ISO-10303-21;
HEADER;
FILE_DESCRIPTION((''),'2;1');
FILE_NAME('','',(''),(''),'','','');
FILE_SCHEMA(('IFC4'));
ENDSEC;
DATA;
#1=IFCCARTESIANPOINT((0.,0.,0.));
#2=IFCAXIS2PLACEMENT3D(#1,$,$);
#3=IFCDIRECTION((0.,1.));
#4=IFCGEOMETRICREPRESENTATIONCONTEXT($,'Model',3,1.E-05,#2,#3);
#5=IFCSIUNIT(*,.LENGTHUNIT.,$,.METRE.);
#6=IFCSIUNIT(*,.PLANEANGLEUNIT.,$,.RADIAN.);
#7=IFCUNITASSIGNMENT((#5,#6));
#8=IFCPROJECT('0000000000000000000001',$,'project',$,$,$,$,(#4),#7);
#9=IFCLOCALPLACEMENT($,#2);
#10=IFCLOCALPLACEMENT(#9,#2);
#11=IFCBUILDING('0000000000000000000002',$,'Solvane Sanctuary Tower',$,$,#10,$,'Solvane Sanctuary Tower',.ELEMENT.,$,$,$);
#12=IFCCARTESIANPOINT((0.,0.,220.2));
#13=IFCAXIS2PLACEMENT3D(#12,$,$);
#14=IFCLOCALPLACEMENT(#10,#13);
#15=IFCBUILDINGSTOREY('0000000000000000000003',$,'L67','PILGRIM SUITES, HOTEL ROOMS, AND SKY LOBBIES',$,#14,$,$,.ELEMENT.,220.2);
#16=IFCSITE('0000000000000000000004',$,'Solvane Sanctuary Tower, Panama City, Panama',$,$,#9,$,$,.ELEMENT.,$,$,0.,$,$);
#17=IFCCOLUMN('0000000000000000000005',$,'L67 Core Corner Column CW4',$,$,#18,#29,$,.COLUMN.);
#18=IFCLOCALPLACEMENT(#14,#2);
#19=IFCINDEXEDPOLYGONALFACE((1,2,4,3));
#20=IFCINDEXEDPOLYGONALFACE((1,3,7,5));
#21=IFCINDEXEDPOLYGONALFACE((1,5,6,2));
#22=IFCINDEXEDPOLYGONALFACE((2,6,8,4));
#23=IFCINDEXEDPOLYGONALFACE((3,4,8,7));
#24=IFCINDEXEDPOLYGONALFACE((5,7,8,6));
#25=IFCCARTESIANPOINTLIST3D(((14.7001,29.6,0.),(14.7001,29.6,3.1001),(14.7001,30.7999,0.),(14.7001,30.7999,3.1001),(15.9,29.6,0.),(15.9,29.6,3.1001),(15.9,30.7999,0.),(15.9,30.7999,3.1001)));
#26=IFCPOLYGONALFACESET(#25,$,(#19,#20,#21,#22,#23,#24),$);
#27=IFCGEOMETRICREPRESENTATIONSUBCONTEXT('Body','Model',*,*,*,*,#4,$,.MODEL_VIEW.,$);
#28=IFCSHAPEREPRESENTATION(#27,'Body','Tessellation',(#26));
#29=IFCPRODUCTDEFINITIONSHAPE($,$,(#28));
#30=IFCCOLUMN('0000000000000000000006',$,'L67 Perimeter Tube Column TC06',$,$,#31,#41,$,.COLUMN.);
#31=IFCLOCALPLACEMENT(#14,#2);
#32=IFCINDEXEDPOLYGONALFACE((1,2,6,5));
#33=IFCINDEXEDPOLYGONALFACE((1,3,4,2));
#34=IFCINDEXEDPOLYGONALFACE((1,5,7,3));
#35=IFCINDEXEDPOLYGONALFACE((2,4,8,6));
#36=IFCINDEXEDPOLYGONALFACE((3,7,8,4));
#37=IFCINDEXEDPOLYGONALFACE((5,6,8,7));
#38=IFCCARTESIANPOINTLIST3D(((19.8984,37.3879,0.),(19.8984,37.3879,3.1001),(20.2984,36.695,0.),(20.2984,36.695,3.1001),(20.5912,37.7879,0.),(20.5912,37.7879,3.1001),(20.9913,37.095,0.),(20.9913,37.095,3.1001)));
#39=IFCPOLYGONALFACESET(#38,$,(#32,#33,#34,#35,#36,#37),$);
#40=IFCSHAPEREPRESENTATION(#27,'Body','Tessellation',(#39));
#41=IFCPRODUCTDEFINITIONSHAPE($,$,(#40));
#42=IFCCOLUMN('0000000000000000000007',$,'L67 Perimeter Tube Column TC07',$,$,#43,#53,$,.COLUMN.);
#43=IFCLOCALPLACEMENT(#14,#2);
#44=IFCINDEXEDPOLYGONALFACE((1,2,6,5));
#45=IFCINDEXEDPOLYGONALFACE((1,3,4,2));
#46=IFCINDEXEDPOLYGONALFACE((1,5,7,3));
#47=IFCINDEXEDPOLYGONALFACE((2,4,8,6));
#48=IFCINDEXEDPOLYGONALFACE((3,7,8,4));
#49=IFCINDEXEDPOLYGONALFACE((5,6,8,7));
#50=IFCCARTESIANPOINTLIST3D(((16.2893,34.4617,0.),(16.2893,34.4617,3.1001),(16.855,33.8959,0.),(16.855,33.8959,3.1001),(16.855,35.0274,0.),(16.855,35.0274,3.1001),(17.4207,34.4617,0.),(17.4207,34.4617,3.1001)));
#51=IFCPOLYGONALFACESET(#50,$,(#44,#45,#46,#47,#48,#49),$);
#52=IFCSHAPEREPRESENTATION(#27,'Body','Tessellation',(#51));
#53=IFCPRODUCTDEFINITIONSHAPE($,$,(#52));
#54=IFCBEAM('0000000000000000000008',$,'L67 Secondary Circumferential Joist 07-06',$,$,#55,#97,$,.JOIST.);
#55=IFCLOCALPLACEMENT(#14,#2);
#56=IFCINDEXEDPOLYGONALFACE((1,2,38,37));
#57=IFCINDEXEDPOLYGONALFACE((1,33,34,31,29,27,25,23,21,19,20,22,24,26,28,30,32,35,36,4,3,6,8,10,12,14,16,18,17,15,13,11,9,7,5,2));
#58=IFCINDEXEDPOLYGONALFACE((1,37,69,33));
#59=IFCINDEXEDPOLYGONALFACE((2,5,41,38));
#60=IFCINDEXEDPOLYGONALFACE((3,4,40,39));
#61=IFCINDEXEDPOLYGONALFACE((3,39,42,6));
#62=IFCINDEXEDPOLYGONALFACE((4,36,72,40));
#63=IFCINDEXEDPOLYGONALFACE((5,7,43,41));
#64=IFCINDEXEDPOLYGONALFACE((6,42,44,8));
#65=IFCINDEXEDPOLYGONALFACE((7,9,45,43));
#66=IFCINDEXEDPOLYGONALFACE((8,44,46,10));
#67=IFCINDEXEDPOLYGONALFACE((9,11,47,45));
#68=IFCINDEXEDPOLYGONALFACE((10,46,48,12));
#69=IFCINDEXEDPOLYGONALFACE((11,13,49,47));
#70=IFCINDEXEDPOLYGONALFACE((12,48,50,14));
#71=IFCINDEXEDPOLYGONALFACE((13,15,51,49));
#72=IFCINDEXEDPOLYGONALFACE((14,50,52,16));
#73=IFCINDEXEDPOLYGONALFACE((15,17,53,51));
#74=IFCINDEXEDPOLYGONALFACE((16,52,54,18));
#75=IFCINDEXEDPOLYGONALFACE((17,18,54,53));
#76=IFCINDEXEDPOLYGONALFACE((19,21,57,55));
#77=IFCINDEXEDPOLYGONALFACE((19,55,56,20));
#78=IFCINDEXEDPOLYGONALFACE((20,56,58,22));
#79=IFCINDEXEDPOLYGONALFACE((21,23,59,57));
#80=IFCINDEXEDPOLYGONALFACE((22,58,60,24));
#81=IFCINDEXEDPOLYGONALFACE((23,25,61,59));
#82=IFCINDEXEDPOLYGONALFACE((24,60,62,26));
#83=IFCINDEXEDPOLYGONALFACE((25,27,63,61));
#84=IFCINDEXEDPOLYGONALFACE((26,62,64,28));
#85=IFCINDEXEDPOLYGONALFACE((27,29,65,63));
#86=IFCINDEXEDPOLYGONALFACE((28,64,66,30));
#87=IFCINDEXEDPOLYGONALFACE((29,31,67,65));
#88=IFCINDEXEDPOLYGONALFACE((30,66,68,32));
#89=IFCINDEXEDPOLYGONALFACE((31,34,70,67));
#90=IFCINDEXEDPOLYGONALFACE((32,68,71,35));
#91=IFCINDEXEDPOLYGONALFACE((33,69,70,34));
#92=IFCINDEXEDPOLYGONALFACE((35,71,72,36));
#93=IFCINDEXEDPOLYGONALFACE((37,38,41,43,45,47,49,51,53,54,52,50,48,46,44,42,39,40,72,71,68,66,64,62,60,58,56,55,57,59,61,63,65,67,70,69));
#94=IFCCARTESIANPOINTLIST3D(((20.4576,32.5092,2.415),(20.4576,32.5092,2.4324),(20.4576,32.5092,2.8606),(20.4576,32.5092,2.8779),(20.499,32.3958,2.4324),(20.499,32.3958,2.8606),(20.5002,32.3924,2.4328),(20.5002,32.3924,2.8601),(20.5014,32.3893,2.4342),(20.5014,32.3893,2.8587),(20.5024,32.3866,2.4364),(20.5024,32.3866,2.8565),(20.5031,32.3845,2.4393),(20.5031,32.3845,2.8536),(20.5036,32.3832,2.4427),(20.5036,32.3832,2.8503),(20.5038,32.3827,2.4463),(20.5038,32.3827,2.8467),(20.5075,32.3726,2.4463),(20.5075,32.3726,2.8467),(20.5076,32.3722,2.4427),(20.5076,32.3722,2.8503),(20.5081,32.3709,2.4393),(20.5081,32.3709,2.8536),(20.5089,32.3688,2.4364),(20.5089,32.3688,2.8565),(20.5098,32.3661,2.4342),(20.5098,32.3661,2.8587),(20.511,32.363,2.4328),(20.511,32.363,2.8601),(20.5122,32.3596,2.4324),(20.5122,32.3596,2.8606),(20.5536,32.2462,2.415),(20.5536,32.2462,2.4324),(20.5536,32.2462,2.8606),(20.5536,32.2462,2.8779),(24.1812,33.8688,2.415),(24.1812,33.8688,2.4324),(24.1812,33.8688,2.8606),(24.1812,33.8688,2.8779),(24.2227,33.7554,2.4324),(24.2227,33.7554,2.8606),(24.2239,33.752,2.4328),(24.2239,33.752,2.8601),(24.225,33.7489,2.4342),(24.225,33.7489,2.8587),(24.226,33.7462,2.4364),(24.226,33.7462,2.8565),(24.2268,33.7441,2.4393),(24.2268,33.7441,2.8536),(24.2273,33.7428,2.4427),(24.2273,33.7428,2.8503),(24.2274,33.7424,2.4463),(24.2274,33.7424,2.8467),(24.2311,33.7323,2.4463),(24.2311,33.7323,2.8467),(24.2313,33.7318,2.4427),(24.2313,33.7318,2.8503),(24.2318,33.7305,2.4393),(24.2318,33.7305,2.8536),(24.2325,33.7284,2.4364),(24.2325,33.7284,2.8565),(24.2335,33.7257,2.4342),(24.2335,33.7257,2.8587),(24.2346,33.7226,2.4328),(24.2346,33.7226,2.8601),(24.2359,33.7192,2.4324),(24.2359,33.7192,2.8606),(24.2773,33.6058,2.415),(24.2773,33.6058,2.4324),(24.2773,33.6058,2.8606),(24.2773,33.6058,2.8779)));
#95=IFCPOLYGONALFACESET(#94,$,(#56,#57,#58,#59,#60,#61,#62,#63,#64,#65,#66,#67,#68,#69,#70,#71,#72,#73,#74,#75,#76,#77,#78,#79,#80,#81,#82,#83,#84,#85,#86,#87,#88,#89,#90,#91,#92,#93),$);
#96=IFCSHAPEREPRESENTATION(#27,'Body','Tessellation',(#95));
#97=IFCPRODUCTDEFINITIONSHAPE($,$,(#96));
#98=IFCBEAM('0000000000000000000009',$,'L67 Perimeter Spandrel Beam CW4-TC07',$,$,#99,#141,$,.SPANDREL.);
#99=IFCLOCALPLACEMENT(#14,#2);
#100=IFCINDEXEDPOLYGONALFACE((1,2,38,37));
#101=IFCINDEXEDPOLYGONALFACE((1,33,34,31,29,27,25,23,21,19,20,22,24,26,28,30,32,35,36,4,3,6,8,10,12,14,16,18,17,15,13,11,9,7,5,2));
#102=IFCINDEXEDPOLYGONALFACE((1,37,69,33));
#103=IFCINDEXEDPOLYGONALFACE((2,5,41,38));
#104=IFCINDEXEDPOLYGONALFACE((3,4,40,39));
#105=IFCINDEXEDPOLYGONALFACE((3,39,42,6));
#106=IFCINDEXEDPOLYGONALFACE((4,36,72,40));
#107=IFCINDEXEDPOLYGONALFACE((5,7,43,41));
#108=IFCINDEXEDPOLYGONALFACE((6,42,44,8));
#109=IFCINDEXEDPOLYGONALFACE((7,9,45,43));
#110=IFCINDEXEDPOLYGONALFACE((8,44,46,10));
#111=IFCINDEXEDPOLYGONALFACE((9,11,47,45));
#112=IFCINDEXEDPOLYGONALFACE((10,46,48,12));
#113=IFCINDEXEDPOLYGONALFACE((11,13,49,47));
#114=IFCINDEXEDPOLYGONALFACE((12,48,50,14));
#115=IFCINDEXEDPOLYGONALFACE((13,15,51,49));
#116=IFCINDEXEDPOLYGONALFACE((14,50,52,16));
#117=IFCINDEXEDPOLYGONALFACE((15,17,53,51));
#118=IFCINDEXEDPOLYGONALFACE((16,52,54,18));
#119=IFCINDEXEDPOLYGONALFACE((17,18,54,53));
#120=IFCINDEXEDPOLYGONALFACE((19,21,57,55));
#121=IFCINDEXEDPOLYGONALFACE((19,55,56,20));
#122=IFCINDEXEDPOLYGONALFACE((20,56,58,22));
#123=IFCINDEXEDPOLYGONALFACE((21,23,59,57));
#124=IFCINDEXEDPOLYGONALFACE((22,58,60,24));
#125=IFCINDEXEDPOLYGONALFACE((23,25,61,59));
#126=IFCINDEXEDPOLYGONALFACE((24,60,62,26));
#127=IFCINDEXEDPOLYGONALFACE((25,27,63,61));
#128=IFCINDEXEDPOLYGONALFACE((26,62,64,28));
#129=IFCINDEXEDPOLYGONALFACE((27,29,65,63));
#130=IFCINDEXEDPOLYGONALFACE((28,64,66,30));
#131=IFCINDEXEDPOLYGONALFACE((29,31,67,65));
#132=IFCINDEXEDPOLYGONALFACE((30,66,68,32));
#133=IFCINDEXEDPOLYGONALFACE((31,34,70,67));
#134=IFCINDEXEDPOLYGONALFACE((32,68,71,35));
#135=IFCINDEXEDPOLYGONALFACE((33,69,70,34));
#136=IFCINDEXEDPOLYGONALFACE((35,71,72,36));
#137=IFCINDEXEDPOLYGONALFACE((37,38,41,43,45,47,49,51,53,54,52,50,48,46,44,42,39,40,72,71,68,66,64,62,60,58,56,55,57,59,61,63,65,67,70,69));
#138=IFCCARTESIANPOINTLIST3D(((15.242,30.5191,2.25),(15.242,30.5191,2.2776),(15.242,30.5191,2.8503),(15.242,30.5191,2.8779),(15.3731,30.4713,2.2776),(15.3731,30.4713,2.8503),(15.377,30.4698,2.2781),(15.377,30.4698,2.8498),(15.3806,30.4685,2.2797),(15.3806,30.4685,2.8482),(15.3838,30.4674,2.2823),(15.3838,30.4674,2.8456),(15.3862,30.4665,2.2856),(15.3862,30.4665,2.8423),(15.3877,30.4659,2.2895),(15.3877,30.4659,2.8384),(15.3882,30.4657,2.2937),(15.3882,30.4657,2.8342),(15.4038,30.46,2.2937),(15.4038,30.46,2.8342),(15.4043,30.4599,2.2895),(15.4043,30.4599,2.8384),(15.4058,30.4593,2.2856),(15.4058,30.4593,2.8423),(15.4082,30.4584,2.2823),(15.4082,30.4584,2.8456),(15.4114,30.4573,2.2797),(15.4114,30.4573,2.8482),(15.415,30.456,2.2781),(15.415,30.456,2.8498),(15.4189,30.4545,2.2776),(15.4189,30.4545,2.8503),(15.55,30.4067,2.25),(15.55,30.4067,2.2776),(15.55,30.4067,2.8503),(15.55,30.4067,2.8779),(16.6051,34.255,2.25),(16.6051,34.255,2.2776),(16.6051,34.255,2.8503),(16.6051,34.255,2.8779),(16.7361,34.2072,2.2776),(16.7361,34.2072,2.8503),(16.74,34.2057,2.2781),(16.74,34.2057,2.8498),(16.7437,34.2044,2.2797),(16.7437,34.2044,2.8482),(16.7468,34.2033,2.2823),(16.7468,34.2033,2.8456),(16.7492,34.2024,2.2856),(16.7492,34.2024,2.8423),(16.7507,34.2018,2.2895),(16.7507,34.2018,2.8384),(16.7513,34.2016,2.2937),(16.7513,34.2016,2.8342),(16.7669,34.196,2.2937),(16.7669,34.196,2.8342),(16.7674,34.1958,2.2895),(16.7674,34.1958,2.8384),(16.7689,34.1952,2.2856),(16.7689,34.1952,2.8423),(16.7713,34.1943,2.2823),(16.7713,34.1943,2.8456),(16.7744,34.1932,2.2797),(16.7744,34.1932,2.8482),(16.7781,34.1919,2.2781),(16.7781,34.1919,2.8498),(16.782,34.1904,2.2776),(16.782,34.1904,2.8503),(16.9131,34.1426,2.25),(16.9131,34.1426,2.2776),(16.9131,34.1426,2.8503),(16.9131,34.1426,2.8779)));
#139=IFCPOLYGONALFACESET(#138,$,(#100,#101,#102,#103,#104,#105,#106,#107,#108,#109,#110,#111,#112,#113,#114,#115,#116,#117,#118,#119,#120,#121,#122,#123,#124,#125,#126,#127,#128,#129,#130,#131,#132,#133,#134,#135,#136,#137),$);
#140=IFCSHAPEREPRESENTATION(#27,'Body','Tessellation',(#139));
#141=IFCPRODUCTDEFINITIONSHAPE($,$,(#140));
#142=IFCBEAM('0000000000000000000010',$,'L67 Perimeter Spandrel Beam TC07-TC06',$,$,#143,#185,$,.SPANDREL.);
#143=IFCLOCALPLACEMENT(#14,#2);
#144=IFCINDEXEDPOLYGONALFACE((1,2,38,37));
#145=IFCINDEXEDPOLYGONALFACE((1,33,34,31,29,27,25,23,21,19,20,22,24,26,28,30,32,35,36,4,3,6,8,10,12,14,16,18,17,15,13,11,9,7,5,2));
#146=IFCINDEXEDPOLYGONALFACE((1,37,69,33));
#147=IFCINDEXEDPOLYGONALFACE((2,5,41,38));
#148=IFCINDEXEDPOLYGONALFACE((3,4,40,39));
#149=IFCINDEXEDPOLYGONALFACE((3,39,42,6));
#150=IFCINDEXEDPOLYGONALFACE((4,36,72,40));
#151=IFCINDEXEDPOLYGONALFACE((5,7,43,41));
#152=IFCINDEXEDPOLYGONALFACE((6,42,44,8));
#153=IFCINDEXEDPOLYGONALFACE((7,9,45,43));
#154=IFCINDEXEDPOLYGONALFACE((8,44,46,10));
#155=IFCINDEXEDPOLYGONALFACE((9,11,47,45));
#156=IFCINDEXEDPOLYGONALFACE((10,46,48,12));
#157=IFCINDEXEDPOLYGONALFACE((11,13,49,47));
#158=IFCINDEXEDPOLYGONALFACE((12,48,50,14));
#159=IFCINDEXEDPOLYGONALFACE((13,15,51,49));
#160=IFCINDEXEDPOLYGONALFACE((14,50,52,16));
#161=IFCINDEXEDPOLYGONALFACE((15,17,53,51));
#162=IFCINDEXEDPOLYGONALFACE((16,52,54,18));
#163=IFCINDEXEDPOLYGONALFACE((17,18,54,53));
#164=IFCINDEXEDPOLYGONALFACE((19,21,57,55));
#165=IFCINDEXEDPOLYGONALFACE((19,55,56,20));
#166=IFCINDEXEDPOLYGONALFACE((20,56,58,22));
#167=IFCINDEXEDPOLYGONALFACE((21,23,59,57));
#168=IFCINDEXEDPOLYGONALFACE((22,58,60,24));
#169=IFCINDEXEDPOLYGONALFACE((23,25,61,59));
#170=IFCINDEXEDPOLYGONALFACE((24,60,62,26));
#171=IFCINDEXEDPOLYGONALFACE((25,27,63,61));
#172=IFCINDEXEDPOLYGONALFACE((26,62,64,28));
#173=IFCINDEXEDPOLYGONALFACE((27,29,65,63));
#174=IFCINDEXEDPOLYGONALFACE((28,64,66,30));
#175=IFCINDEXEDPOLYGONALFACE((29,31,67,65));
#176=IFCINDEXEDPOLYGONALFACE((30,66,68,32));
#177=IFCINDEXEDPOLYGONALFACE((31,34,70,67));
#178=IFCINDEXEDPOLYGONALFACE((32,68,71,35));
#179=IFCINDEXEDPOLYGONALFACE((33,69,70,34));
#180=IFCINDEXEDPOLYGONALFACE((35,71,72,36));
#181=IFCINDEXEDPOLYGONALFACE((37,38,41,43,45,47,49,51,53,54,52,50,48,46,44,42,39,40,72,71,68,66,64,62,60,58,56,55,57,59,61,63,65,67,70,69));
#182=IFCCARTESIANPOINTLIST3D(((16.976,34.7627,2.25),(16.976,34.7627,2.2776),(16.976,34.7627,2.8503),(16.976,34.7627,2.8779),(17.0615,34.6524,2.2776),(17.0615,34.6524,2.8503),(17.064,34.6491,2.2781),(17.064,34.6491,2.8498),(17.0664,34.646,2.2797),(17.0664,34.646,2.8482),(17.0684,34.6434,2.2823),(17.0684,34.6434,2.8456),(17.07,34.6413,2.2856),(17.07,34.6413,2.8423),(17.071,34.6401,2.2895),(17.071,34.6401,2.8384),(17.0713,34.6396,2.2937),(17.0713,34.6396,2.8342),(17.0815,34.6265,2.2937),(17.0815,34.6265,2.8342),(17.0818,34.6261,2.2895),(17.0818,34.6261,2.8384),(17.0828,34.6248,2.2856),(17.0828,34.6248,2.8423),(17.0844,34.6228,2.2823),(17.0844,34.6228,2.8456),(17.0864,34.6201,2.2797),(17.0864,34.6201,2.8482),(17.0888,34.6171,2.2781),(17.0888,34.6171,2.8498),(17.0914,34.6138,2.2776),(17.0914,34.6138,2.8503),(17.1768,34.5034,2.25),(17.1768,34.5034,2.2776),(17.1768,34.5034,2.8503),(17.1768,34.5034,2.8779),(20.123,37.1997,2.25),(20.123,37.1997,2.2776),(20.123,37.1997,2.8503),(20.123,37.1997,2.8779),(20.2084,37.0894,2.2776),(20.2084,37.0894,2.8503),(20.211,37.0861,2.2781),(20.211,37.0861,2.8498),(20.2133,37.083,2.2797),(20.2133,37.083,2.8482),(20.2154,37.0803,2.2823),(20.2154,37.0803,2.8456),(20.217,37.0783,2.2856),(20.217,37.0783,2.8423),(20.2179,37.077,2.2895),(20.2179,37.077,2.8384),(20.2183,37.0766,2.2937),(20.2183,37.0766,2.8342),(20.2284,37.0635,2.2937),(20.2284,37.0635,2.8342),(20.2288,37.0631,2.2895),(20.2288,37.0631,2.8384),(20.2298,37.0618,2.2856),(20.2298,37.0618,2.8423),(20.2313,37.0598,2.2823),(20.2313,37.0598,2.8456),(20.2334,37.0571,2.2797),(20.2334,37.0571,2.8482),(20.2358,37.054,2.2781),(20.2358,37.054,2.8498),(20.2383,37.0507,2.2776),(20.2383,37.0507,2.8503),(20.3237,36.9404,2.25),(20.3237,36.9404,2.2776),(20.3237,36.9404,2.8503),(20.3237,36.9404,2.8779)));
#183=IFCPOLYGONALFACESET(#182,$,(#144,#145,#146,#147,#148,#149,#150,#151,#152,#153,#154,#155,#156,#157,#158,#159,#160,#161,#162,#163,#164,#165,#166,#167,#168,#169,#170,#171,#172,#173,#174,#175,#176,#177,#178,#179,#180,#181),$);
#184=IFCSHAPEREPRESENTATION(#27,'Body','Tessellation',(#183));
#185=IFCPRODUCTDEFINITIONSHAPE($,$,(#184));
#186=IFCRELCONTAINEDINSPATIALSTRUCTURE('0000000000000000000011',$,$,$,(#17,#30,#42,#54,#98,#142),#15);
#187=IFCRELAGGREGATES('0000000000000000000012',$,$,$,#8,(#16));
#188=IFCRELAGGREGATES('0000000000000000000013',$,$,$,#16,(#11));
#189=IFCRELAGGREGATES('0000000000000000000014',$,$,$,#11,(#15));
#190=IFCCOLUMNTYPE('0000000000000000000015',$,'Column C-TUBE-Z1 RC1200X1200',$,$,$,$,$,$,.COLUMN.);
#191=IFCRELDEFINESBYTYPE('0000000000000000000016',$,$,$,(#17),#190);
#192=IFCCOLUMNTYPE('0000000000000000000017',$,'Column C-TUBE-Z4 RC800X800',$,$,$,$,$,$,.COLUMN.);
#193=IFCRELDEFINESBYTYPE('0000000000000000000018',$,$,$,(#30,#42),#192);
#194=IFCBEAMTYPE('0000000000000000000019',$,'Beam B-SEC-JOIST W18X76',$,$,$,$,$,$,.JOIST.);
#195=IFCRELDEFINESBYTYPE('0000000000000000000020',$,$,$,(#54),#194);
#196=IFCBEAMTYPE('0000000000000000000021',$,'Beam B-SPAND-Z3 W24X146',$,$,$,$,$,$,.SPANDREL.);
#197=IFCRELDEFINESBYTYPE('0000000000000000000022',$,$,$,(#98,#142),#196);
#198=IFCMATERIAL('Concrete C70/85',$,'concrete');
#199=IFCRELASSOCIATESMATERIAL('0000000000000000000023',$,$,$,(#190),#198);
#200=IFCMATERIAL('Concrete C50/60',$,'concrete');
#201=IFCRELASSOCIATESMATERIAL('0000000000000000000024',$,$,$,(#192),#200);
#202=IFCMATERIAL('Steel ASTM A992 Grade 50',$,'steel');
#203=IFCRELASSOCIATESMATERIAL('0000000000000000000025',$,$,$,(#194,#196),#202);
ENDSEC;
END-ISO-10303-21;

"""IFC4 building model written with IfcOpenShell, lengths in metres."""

from ifc_helpers import new_model, si_unit, direction, frame, origin, origin_2d, place, context, subcontext, project, spatial, rectangle, i_section, extrude, material, material_profile, profile_set, type_object, element, save


model = new_model("IFC4")

# Units and contexts
model_context = context("Model", 3, precision=1e-05, world=origin(), true_north=direction((0.0, 1.0)))
body_context = subcontext(model_context, "Body", "Model", "MODEL_VIEW")
ifc_project = project(units=[si_unit("LENGTHUNIT", "METRE"), si_unit("PLANEANGLEUNIT", "RADIAN")], contexts=[model_context])

# Site, building, storey
site_placement = place(None, origin())
site = spatial("IfcSite", under=ifc_project, at=site_placement, Name="Solvane Sanctuary Tower, Panama City, Panama", CompositionType="ELEMENT", RefElevation=0.0)
building_placement = place(site_placement, origin())
building = spatial("IfcBuilding", under=site, at=building_placement, Name="Solvane Sanctuary Tower", LongName="Solvane Sanctuary Tower", CompositionType="ELEMENT")
storey_placement = place(building_placement, frame((0.0, 0.0, 220.2)))
storey = spatial("IfcBuildingStorey", under=building, at=storey_placement, Name="L67", Description="PILGRIM SUITES, HOTEL ROOMS, AND SKY LOBBIES", CompositionType="ELEMENT", Elevation=220.2)

# Columns
ifc_material_1 = material(Name="Concrete C70/85", Category="concrete")
ifc_material_profile_1 = material_profile(ifc_material_1, rectangle(XDim=1.2, YDim=1.2, at=origin_2d()), Name="RC1200X1200")
ifc_profile_set_1 = profile_set([ifc_material_profile_1], Name="Concrete C70/85")
column_type_1 = type_object("IfcColumnType", Name="Column C-TUBE-Z1 RC1200X1200", PredefinedType="COLUMN", material=ifc_profile_set_1)
column_placement = place(storey_placement, frame((15.3, 30.2, 0.0), z_axis=(0.0, 0.0, 1.0), x_axis=(1.0, 0.0, 0.0)))
element("IfcColumn", 1, at=column_placement, inside=storey, type_object=column_type_1, Name="L67 Core Corner Column CW4", PredefinedType="COLUMN", context=body_context, shape_type="SweptSolid", body=[
    extrude(rectangle(XDim=1.2, YDim=1.2, at=origin_2d()), origin(), (0.0, 0.0, 1.0), 3.1001),
])
ifc_material_2 = material(Name="Concrete C50/60", Category="concrete")
ifc_material_profile_2 = material_profile(ifc_material_2, rectangle(XDim=0.8, YDim=0.8, at=origin_2d()), Name="RC800X800")
ifc_profile_set_2 = profile_set([ifc_material_profile_2], Name="Concrete C50/60")
column_type_2 = type_object("IfcColumnType", Name="Column C-TUBE-Z4 RC800X800", PredefinedType="COLUMN", material=ifc_profile_set_2)
for number, where, z_axis, x_axis, name in (
    (2, (20.4448, 37.2415, 0.0), (0.0, 0.0, 1.0), (-0.5, 0.866025, 0.0), "L67 Perimeter Tube Column TC06"),
    (3, (16.855, 34.4617, 0.0), (0.0, 0.0, 1.0), (-0.707107, 0.707107, 0.0), "L67 Perimeter Tube Column TC07"),
):
    element("IfcColumn", number, at=place(storey_placement, frame(where, z_axis=z_axis, x_axis=x_axis)), inside=storey, type_object=column_type_2, Name=name, PredefinedType="COLUMN", context=body_context, shape_type="SweptSolid", body=[
        extrude(rectangle(XDim=0.8, YDim=0.8, at=origin_2d()), origin(), (0.0, 0.0, 1.0), 3.1001),
    ])

# Beams
ifc_material_3 = material(Name="Steel ASTM A992 Grade 50", Category="steel")
ifc_material_profile_3 = material_profile(ifc_material_3, i_section(OverallWidth=0.28, OverallDepth=0.4629, WebThickness=0.0107, FlangeThickness=0.0173, FilletRadius=0.0139, at=origin_2d()), Name="W18X76")
ifc_profile_set_3 = profile_set([ifc_material_profile_3], Name="Steel ASTM A992 Grade 50")
beam_type_1 = type_object("IfcBeamType", Name="Beam B-SEC-JOIST W18X76", PredefinedType="JOIST", material=ifc_profile_set_3)
beam_1_placement = place(storey_placement, frame((20.5056, 32.3777, 2.6465), z_axis=(0.939341, 0.342984, 0.0), x_axis=(-0.342984, 0.939341, 0.0)))
element("IfcBeam", 4, at=beam_1_placement, inside=storey, type_object=beam_type_1, Name="L67 Secondary Circumferential Joist 07-06", PredefinedType="JOIST", context=body_context, shape_type="SweptSolid", body=[
    extrude(i_section(OverallWidth=0.28, OverallDepth=0.4629, WebThickness=0.0107, FlangeThickness=0.0173, FilletRadius=0.0139, at=origin_2d()), origin(), (0.0, 0.0, 1.0), 3.9641),
])
ifc_material_profile_4 = material_profile(ifc_material_3, i_section(OverallWidth=0.3279, OverallDepth=0.6279, WebThickness=0.0166, FlangeThickness=0.0276, FilletRadius=0.0161, at=origin_2d()), Name="W24X146")
ifc_profile_set_4 = profile_set([ifc_material_profile_4], Name="Steel ASTM A992 Grade 50")
beam_type_2 = type_object("IfcBeamType", Name="Beam B-SPAND-Z3 W24X146", PredefinedType="SPANDREL", material=ifc_profile_set_4)
beam_2_placement = place(storey_placement, frame((15.396, 30.4629, 2.564), z_axis=(0.342753, 0.939425, 0.0), x_axis=(-0.939425, 0.342753, 0.0)))
element("IfcBeam", 5, at=beam_2_placement, inside=storey, type_object=beam_type_2, Name="L67 Perimeter Spandrel Beam CW4-TC07", PredefinedType="SPANDREL", context=body_context, shape_type="SweptSolid", body=[
    extrude(i_section(OverallWidth=0.3279, OverallDepth=0.6279, WebThickness=0.0166, FlangeThickness=0.0276, FilletRadius=0.0161, at=origin_2d()), origin(), (0.0, 0.0, 1.0), 3.9768),
])
beam_3_placement = place(storey_placement, frame((17.0764, 34.6331, 2.564), z_axis=(0.790645, 0.612275, 0.0), x_axis=(-0.612275, 0.790645, 0.0)))
element("IfcBeam", 6, at=beam_3_placement, inside=storey, type_object=beam_type_2, Name="L67 Perimeter Spandrel Beam TC07-TC06", PredefinedType="SPANDREL", context=body_context, shape_type="SweptSolid", body=[
    extrude(i_section(OverallWidth=0.3279, OverallDepth=0.6279, WebThickness=0.0166, FlangeThickness=0.0276, FilletRadius=0.0161, at=origin_2d()), origin(), (0.0, 0.0, 1.0), 3.9802),
])

save(model, "model.ifc")
